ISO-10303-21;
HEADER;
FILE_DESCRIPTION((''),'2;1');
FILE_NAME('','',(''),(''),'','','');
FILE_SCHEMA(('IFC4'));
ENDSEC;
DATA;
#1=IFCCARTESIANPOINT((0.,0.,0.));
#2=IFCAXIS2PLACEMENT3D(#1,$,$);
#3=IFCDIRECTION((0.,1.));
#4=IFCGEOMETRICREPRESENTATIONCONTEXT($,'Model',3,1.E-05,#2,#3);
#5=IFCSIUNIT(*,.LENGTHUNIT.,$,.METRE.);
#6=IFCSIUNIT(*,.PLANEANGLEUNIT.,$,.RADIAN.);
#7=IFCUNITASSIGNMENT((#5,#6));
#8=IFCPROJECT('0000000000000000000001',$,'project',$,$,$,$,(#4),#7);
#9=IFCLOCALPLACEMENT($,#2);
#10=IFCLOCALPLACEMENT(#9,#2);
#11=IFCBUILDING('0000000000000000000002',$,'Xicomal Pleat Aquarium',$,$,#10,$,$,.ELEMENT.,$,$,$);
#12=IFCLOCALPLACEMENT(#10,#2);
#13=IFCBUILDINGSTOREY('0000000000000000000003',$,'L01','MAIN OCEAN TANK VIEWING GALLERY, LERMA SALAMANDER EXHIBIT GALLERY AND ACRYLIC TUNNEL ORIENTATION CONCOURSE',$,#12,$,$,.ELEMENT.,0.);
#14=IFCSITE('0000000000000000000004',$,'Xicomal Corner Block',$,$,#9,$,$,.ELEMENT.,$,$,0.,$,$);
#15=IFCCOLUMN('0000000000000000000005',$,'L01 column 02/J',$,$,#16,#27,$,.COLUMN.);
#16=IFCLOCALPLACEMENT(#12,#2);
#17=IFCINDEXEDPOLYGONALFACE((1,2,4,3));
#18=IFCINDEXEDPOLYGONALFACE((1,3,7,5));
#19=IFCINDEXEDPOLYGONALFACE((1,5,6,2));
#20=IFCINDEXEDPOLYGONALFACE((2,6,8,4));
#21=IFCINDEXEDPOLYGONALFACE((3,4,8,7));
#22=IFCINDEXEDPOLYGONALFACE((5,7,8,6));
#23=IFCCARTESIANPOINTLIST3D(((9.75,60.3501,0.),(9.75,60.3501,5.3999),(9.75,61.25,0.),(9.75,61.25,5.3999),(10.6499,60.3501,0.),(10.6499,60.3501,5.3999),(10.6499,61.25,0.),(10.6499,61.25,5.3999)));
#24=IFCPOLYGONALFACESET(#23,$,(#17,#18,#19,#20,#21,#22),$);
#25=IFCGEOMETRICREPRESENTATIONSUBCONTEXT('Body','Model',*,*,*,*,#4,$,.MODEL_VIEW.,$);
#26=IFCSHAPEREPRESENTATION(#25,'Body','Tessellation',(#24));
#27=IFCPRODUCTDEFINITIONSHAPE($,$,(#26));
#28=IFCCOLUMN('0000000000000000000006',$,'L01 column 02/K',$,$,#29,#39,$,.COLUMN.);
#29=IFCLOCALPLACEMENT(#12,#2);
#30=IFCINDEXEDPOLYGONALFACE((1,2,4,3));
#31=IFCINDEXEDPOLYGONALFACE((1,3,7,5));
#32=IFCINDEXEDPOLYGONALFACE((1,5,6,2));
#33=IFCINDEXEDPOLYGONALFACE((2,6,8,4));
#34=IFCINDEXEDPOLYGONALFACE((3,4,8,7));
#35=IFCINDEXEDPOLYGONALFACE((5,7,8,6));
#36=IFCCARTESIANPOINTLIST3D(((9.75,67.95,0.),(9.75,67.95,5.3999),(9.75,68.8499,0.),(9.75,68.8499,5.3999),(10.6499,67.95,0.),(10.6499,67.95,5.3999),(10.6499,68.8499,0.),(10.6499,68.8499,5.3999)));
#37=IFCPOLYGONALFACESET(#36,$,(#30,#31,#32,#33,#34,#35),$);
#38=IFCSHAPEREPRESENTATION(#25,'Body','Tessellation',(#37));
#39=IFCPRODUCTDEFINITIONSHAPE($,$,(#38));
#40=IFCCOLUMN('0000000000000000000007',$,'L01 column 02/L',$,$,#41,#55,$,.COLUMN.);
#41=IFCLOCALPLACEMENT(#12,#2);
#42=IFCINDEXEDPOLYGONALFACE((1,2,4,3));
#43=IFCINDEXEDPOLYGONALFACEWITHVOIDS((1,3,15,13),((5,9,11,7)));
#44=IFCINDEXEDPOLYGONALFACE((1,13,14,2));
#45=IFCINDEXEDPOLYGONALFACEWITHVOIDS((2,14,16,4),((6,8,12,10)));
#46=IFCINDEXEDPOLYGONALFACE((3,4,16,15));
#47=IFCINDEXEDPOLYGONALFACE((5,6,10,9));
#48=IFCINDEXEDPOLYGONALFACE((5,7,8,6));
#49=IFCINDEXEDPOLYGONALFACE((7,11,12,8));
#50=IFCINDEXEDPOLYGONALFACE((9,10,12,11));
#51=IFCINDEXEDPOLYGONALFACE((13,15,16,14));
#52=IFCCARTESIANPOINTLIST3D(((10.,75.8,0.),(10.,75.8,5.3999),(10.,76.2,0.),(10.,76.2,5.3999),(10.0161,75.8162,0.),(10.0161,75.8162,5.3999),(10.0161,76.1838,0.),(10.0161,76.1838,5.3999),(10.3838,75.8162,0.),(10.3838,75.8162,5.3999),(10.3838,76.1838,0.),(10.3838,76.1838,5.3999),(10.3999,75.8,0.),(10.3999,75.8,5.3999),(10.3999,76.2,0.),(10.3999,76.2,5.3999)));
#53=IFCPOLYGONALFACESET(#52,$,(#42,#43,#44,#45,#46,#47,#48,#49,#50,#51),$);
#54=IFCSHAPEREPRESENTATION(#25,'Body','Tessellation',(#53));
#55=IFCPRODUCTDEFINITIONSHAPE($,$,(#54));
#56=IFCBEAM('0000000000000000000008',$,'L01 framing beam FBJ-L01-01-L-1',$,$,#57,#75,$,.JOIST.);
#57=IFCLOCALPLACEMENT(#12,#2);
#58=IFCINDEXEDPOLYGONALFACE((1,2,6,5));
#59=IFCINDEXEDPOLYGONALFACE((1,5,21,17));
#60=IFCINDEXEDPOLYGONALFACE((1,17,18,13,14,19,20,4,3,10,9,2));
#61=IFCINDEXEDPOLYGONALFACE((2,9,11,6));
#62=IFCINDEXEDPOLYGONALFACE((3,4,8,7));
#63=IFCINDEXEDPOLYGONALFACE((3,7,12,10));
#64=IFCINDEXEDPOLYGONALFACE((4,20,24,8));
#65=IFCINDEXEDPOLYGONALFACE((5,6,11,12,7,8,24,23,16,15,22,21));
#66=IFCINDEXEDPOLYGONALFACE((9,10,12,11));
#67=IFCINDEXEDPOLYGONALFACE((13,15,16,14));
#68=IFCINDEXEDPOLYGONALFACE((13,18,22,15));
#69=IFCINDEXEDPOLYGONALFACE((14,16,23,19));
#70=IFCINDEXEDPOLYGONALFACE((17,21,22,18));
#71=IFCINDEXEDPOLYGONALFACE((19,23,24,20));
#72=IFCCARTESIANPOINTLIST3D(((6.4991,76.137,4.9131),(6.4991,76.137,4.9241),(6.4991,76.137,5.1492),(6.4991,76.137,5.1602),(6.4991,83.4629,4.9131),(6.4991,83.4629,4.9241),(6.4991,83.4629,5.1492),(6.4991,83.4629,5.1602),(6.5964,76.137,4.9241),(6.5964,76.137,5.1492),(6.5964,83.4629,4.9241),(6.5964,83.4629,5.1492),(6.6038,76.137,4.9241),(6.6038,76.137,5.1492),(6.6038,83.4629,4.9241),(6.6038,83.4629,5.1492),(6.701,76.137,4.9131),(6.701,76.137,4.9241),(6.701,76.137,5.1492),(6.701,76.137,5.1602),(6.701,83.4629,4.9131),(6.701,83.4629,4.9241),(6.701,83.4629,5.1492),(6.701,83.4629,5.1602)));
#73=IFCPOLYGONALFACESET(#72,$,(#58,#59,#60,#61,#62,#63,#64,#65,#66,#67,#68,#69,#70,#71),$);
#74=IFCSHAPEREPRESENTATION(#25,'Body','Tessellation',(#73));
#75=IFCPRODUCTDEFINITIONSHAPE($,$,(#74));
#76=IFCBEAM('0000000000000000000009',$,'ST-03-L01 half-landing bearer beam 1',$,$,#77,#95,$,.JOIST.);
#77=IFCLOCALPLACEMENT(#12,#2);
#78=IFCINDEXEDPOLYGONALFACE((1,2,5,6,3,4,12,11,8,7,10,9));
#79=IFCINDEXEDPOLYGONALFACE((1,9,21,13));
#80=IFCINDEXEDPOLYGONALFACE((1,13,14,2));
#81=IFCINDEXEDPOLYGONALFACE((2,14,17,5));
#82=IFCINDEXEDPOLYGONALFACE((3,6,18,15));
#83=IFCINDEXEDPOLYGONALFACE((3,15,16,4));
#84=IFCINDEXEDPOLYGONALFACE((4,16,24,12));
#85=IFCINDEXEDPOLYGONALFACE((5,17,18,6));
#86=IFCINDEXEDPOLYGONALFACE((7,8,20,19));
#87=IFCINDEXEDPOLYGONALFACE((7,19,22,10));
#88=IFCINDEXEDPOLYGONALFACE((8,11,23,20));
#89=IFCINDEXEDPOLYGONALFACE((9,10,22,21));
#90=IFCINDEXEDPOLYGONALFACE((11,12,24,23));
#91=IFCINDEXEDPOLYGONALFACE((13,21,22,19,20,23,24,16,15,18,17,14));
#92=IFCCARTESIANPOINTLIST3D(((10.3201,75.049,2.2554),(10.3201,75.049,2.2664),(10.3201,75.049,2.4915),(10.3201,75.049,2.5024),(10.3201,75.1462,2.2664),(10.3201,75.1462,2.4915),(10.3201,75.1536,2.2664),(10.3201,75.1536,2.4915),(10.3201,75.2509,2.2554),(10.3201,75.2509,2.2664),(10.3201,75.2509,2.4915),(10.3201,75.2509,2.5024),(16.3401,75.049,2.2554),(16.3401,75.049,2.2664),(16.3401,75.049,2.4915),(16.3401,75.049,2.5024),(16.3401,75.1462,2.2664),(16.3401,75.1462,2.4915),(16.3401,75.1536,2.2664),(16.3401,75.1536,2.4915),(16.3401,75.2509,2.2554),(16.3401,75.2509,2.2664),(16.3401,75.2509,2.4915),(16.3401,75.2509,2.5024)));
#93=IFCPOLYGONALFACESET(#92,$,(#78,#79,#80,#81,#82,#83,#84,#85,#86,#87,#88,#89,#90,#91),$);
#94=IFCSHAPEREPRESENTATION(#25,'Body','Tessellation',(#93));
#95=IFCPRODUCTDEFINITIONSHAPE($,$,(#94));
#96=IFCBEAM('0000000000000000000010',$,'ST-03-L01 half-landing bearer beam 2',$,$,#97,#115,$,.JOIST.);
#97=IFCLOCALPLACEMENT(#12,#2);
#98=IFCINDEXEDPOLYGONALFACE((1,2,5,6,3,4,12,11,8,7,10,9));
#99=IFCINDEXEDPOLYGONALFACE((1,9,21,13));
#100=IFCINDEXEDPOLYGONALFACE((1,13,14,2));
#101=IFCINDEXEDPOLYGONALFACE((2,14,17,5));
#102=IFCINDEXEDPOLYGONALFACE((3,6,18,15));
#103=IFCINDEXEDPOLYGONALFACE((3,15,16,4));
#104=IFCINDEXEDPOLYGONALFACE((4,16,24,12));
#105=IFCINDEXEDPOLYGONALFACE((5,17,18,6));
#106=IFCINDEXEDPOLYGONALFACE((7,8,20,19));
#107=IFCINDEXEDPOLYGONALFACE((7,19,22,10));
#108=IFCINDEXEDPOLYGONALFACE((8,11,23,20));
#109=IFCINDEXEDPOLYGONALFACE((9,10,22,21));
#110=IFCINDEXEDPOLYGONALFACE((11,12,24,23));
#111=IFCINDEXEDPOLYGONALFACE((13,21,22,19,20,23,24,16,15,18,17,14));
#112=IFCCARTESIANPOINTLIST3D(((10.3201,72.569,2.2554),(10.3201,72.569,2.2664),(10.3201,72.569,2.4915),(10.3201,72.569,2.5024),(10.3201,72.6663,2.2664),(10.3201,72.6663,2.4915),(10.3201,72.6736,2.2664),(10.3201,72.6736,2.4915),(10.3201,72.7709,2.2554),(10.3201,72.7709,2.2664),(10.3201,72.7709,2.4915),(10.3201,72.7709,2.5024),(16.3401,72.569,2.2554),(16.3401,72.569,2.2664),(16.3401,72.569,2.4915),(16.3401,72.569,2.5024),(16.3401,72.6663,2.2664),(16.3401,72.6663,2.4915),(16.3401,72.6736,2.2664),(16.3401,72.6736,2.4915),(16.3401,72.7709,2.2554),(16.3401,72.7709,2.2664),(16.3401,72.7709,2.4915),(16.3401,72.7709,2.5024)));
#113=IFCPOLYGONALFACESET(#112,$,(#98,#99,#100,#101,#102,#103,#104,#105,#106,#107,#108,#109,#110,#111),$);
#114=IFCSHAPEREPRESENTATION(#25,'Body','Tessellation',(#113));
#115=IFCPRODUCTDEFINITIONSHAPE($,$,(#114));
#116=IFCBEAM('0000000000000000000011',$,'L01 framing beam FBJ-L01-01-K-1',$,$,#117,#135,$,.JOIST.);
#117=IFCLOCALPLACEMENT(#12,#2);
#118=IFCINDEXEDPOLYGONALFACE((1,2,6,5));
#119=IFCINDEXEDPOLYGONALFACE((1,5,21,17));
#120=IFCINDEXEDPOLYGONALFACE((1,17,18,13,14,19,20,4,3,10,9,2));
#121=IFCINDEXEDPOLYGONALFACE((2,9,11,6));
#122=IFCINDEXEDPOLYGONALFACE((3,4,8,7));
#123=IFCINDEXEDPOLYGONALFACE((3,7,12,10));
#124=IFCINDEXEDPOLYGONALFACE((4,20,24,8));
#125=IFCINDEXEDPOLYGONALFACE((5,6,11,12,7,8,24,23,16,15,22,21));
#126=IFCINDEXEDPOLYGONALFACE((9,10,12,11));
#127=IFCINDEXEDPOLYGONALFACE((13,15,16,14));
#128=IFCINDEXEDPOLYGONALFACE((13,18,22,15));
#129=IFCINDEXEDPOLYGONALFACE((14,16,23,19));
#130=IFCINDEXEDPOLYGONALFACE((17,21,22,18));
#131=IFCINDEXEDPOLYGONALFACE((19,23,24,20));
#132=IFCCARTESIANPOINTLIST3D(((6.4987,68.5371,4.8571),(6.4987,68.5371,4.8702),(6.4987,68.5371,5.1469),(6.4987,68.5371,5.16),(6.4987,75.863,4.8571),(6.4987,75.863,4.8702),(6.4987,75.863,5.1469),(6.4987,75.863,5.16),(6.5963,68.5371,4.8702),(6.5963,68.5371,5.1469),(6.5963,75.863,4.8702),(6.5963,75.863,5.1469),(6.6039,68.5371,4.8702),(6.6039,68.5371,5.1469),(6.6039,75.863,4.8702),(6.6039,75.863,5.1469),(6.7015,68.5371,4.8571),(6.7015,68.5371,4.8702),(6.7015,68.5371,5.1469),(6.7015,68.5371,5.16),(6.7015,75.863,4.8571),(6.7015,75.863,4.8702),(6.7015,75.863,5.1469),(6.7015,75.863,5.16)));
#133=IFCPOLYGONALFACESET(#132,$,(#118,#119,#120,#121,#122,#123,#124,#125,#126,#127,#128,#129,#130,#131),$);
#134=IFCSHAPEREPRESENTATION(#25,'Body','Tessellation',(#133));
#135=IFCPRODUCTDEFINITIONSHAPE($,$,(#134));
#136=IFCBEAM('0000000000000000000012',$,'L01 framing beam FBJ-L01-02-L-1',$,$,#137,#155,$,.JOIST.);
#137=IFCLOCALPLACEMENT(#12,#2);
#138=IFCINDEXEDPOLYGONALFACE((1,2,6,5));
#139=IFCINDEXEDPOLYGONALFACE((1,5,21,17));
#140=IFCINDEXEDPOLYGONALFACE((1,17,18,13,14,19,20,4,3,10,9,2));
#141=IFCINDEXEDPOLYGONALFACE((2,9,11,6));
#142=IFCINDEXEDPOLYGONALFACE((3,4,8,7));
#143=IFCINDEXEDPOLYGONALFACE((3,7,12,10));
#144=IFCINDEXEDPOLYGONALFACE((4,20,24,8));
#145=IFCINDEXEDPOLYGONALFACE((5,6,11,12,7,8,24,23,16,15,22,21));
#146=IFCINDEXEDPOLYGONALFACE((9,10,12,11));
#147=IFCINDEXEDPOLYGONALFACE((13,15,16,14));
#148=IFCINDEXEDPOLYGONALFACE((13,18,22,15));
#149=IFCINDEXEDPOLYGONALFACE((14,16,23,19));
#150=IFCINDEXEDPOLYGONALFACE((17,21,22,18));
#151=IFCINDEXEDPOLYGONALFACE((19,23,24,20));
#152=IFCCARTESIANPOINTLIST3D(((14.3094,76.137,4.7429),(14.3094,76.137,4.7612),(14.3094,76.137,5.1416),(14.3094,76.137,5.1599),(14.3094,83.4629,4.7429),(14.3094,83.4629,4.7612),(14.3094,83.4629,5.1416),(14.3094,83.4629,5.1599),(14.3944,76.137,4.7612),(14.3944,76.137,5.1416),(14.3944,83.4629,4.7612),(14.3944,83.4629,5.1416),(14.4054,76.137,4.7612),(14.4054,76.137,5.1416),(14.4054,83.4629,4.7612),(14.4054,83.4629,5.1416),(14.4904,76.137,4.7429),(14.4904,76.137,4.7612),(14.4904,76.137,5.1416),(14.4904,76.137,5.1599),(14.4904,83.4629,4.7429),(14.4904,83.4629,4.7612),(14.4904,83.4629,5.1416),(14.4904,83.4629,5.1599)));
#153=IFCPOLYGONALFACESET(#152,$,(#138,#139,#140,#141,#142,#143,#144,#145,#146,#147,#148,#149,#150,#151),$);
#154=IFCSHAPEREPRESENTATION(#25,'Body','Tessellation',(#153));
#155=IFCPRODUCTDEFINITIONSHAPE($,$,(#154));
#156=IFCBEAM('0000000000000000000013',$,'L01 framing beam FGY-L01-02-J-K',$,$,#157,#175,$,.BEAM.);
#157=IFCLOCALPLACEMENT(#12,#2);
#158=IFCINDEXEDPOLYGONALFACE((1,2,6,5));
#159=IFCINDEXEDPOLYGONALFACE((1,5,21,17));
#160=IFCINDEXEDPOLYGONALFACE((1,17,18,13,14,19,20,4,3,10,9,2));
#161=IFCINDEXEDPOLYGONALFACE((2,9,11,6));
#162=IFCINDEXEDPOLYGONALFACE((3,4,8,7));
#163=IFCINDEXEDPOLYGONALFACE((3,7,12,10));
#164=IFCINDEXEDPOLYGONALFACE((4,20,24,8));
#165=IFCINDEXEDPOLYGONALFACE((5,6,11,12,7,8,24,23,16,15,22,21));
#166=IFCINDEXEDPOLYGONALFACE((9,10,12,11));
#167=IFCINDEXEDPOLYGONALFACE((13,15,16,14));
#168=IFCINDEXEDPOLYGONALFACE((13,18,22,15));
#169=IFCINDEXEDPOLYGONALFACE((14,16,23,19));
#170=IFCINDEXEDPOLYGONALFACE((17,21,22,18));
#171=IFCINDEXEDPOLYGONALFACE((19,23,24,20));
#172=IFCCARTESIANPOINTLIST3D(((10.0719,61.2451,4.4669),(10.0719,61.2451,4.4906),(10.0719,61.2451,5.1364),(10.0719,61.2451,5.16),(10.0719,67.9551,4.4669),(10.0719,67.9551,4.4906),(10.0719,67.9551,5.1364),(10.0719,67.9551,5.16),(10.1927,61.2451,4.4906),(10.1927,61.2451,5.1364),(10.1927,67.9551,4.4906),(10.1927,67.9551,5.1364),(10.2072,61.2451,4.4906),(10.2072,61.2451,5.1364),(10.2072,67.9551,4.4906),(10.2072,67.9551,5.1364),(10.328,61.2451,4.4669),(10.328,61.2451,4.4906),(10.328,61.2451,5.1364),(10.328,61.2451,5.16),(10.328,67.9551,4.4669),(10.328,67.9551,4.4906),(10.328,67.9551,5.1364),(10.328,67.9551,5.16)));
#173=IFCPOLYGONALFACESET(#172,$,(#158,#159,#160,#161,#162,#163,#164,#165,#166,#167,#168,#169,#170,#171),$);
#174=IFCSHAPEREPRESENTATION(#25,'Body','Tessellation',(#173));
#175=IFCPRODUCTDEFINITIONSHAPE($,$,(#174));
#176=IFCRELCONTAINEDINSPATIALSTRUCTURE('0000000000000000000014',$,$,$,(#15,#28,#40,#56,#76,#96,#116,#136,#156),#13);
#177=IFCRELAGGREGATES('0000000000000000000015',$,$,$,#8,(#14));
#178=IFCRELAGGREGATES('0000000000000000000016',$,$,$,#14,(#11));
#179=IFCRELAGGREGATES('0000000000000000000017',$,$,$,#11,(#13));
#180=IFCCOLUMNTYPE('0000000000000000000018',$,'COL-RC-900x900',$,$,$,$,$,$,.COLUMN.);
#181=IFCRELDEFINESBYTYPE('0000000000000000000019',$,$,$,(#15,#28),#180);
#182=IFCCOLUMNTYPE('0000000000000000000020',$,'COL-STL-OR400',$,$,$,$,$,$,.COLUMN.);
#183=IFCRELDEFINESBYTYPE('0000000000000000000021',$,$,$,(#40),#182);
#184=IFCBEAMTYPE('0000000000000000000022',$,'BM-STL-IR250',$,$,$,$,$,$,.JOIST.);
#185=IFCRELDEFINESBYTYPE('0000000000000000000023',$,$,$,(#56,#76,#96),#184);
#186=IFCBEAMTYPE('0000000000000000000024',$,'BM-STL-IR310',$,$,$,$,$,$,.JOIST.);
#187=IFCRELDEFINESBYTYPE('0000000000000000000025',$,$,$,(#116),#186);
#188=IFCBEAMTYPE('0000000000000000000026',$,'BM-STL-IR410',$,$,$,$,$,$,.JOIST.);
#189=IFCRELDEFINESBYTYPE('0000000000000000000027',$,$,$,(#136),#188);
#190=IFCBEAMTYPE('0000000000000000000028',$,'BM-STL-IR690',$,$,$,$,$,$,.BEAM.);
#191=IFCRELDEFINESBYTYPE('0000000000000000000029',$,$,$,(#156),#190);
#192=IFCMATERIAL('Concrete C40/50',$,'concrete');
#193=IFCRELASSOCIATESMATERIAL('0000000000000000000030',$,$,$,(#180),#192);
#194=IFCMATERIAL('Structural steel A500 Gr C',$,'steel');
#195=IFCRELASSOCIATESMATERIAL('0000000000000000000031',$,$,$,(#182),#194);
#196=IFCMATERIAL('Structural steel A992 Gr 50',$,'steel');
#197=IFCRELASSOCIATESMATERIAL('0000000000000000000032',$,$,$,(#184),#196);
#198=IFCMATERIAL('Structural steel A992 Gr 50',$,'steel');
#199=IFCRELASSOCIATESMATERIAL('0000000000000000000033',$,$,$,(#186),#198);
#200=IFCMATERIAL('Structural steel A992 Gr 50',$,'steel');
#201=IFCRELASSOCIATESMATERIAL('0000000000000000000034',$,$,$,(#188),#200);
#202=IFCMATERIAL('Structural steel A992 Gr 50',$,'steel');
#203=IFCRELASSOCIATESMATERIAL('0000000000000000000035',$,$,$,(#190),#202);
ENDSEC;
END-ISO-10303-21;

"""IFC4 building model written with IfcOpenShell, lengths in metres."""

from ifc_helpers import new_model, si_unit, direction, frame, origin, origin_2d, place, context, subcontext, project, spatial, rectangle, hollow_rectangle, i_section, extrude, material, material_profile, profile_set, type_object, element, save


model = new_model("IFC4")

# Units and contexts
model_context = context("Model", 3, precision=1e-05, world=origin(), true_north=direction((0.0, 1.0)))
body_context = subcontext(model_context, "Body", "Model", "MODEL_VIEW")
ifc_project = project(units=[si_unit("LENGTHUNIT", "METRE"), si_unit("PLANEANGLEUNIT", "RADIAN")], contexts=[model_context])

# Site, building, storey
site_placement = place(None, origin())
site = spatial("IfcSite", under=ifc_project, at=site_placement, Name="Xicomal Corner Block", CompositionType="ELEMENT", RefElevation=0.0)
building_placement = place(site_placement, origin())
building = spatial("IfcBuilding", under=site, at=building_placement, Name="Xicomal Pleat Aquarium", CompositionType="ELEMENT")
storey_placement = place(building_placement, origin())
storey = spatial("IfcBuildingStorey", under=building, at=storey_placement, Name="L01", Description="MAIN OCEAN TANK VIEWING GALLERY, LERMA SALAMANDER EXHIBIT GALLERY AND ACRYLIC TUNNEL ORIENTATION CONCOURSE", CompositionType="ELEMENT", Elevation=0.0)

# Columns
ifc_material_1 = material(Name="Concrete C40/50", Category="concrete")
ifc_material_profile_1 = material_profile(ifc_material_1, rectangle(XDim=0.8999, YDim=0.8999, at=origin_2d()), Name="RC 900x900")
ifc_profile_set_1 = profile_set([ifc_material_profile_1], Name="Concrete C40/50")
column_type_1 = type_object("IfcColumnType", Name="COL-RC-900x900", PredefinedType="COLUMN", material=ifc_profile_set_1)
for number, where, z_axis, x_axis, name in (
    (1, (10.2, 60.8, 0.0), (0.0, 0.0, 1.0), (1.0, 0.0, 0.0), "L01 column 02/J"),
    (2, (10.2, 68.3999, 0.0), (0.0, 0.0, 1.0), (1.0, 0.0, 0.0), "L01 column 02/K"),
):
    element("IfcColumn", number, at=place(storey_placement, frame(where, z_axis=z_axis, x_axis=x_axis)), inside=storey, type_object=column_type_1, Name=name, PredefinedType="COLUMN", context=body_context, shape_type="SweptSolid", body=[
        extrude(rectangle(XDim=0.8999, YDim=0.8999, at=origin_2d()), origin(), (0.0, 0.0, 1.0), 5.3999),
    ])
ifc_material_2 = material(Name="Structural steel A500 Gr C", Category="steel")
ifc_material_profile_2 = material_profile(ifc_material_2, hollow_rectangle(XDim=0.3999, YDim=0.3999, WallThickness=0.0161, at=origin_2d()), Name="OR 400x400x16")
ifc_profile_set_2 = profile_set([ifc_material_profile_2], Name="Structural steel A500 Gr C")
column_type_2 = type_object("IfcColumnType", Name="COL-STL-OR400", PredefinedType="COLUMN", material=ifc_profile_set_2)
column_placement = place(storey_placement, frame((10.2, 76.0, 0.0), z_axis=(0.0, 0.0, 1.0), x_axis=(1.0, 0.0, 0.0)))
element("IfcColumn", 3, at=column_placement, inside=storey, type_object=column_type_2, Name="L01 column 02/L", PredefinedType="COLUMN", context=body_context, shape_type="SweptSolid", body=[
    extrude(hollow_rectangle(XDim=0.3999, YDim=0.3999, WallThickness=0.0161, at=origin_2d()), origin(), (0.0, 0.0, 1.0), 5.3999),
])

# Beams
ifc_material_3 = material(Name="Structural steel A992 Gr 50", Category="steel")
ifc_material_profile_3 = material_profile(ifc_material_3, i_section(OverallWidth=0.2019, OverallDepth=0.2471, WebThickness=0.0073, FlangeThickness=0.011, at=origin_2d()), Name="IR 250x49")
ifc_profile_set_3 = profile_set([ifc_material_profile_3], Name="Structural steel A992 Gr 50")
beam_type_1 = type_object("IfcBeamType", Name="BM-STL-IR250", PredefinedType="JOIST", material=ifc_profile_set_3)
beam_1_placement = place(storey_placement, frame((6.6001, 76.137, 5.0366), z_axis=(0.0, 1.0, 0.0), x_axis=(-1.0, 0.0, 0.0)))
element("IfcBeam", 4, at=beam_1_placement, inside=storey, type_object=beam_type_1, Name="L01 framing beam FBJ-L01-01-L-1", PredefinedType="JOIST", context=body_context, shape_type="SweptSolid", body=[
    extrude(i_section(OverallWidth=0.2019, OverallDepth=0.2471, WebThickness=0.0073, FlangeThickness=0.011, at=origin_2d()), origin(), (0.0, 0.0, 1.0), 7.3259),
])
for number, where, z_axis, x_axis, name in (
    (5, (10.3201, 75.1499, 2.3789), (1.0, 0.0, 0.0), (0.0, 1.0, 0.0), "ST-03-L01 half-landing bearer beam 1"),
    (6, (10.3201, 72.6699, 2.3789), (1.0, 0.0, 0.0), (0.0, 1.0, 0.0), "ST-03-L01 half-landing bearer beam 2"),
):
    element("IfcBeam", number, at=place(storey_placement, frame(where, z_axis=z_axis, x_axis=x_axis)), inside=storey, type_object=beam_type_1, Name=name, PredefinedType="JOIST", context=body_context, shape_type="SweptSolid", body=[
        extrude(i_section(OverallWidth=0.2019, OverallDepth=0.2471, WebThickness=0.0073, FlangeThickness=0.011, at=origin_2d()), origin(), (0.0, 0.0, 1.0), 6.02),
    ])
ifc_material_4 = material(Name="Structural steel A992 Gr 50", Category="steel")
ifc_material_profile_4 = material_profile(ifc_material_4, i_section(OverallWidth=0.2029, OverallDepth=0.303, WebThickness=0.0076, FlangeThickness=0.0132, at=origin_2d()), Name="IR 310x60")
ifc_profile_set_4 = profile_set([ifc_material_profile_4], Name="Structural steel A992 Gr 50")
beam_type_2 = type_object("IfcBeamType", Name="BM-STL-IR310", PredefinedType="JOIST", material=ifc_profile_set_4)
beam_2_placement = place(storey_placement, frame((6.6001, 68.5371, 5.0085), z_axis=(0.0, 1.0, 0.0), x_axis=(-1.0, 0.0, 0.0)))
element("IfcBeam", 7, at=beam_2_placement, inside=storey, type_object=beam_type_2, Name="L01 framing beam FBJ-L01-01-K-1", PredefinedType="JOIST", context=body_context, shape_type="SweptSolid", body=[
    extrude(i_section(OverallWidth=0.2029, OverallDepth=0.303, WebThickness=0.0076, FlangeThickness=0.0132, at=origin_2d()), origin(), (0.0, 0.0, 1.0), 7.3259),
])
ifc_material_5 = material(Name="Structural steel A992 Gr 50", Category="steel")
ifc_material_profile_5 = material_profile(ifc_material_5, i_section(OverallWidth=0.1809, OverallDepth=0.417, WebThickness=0.011, FlangeThickness=0.0183, at=origin_2d()), Name="IR 410x85")
ifc_profile_set_5 = profile_set([ifc_material_profile_5], Name="Structural steel A992 Gr 50")
beam_type_3 = type_object("IfcBeamType", Name="BM-STL-IR410", PredefinedType="JOIST", material=ifc_profile_set_5)
beam_3_placement = place(storey_placement, frame((14.3999, 76.137, 4.9514), z_axis=(0.0, 1.0, 0.0), x_axis=(-1.0, 0.0, 0.0)))
element("IfcBeam", 8, at=beam_3_placement, inside=storey, type_object=beam_type_3, Name="L01 framing beam FBJ-L01-02-L-1", PredefinedType="JOIST", context=body_context, shape_type="SweptSolid", body=[
    extrude(i_section(OverallWidth=0.1809, OverallDepth=0.417, WebThickness=0.011, FlangeThickness=0.0183, at=origin_2d()), origin(), (0.0, 0.0, 1.0), 7.3259),
])
ifc_material_6 = material(Name="Structural steel A992 Gr 50", Category="steel")
ifc_material_profile_6 = material_profile(ifc_material_6, i_section(OverallWidth=0.2561, OverallDepth=0.6931, WebThickness=0.0144, FlangeThickness=0.0237, at=origin_2d()), Name="IR 690x170")
ifc_profile_set_6 = profile_set([ifc_material_profile_6], Name="Structural steel A992 Gr 50")
beam_type_4 = type_object("IfcBeamType", Name="BM-STL-IR690", PredefinedType="BEAM", material=ifc_profile_set_6)
beam_4_placement = place(storey_placement, frame((10.2, 61.2451, 4.8135), z_axis=(0.0, 1.0, 0.0), x_axis=(-1.0, 0.0, 0.0)))
element("IfcBeam", 9, at=beam_4_placement, inside=storey, type_object=beam_type_4, Name="L01 framing beam FGY-L01-02-J-K", PredefinedType="BEAM", context=body_context, shape_type="SweptSolid", body=[
    extrude(i_section(OverallWidth=0.2561, OverallDepth=0.6931, WebThickness=0.0144, FlangeThickness=0.0237, at=origin_2d()), origin(), (0.0, 0.0, 1.0), 6.71),
])

save(model, "model.ifc")
